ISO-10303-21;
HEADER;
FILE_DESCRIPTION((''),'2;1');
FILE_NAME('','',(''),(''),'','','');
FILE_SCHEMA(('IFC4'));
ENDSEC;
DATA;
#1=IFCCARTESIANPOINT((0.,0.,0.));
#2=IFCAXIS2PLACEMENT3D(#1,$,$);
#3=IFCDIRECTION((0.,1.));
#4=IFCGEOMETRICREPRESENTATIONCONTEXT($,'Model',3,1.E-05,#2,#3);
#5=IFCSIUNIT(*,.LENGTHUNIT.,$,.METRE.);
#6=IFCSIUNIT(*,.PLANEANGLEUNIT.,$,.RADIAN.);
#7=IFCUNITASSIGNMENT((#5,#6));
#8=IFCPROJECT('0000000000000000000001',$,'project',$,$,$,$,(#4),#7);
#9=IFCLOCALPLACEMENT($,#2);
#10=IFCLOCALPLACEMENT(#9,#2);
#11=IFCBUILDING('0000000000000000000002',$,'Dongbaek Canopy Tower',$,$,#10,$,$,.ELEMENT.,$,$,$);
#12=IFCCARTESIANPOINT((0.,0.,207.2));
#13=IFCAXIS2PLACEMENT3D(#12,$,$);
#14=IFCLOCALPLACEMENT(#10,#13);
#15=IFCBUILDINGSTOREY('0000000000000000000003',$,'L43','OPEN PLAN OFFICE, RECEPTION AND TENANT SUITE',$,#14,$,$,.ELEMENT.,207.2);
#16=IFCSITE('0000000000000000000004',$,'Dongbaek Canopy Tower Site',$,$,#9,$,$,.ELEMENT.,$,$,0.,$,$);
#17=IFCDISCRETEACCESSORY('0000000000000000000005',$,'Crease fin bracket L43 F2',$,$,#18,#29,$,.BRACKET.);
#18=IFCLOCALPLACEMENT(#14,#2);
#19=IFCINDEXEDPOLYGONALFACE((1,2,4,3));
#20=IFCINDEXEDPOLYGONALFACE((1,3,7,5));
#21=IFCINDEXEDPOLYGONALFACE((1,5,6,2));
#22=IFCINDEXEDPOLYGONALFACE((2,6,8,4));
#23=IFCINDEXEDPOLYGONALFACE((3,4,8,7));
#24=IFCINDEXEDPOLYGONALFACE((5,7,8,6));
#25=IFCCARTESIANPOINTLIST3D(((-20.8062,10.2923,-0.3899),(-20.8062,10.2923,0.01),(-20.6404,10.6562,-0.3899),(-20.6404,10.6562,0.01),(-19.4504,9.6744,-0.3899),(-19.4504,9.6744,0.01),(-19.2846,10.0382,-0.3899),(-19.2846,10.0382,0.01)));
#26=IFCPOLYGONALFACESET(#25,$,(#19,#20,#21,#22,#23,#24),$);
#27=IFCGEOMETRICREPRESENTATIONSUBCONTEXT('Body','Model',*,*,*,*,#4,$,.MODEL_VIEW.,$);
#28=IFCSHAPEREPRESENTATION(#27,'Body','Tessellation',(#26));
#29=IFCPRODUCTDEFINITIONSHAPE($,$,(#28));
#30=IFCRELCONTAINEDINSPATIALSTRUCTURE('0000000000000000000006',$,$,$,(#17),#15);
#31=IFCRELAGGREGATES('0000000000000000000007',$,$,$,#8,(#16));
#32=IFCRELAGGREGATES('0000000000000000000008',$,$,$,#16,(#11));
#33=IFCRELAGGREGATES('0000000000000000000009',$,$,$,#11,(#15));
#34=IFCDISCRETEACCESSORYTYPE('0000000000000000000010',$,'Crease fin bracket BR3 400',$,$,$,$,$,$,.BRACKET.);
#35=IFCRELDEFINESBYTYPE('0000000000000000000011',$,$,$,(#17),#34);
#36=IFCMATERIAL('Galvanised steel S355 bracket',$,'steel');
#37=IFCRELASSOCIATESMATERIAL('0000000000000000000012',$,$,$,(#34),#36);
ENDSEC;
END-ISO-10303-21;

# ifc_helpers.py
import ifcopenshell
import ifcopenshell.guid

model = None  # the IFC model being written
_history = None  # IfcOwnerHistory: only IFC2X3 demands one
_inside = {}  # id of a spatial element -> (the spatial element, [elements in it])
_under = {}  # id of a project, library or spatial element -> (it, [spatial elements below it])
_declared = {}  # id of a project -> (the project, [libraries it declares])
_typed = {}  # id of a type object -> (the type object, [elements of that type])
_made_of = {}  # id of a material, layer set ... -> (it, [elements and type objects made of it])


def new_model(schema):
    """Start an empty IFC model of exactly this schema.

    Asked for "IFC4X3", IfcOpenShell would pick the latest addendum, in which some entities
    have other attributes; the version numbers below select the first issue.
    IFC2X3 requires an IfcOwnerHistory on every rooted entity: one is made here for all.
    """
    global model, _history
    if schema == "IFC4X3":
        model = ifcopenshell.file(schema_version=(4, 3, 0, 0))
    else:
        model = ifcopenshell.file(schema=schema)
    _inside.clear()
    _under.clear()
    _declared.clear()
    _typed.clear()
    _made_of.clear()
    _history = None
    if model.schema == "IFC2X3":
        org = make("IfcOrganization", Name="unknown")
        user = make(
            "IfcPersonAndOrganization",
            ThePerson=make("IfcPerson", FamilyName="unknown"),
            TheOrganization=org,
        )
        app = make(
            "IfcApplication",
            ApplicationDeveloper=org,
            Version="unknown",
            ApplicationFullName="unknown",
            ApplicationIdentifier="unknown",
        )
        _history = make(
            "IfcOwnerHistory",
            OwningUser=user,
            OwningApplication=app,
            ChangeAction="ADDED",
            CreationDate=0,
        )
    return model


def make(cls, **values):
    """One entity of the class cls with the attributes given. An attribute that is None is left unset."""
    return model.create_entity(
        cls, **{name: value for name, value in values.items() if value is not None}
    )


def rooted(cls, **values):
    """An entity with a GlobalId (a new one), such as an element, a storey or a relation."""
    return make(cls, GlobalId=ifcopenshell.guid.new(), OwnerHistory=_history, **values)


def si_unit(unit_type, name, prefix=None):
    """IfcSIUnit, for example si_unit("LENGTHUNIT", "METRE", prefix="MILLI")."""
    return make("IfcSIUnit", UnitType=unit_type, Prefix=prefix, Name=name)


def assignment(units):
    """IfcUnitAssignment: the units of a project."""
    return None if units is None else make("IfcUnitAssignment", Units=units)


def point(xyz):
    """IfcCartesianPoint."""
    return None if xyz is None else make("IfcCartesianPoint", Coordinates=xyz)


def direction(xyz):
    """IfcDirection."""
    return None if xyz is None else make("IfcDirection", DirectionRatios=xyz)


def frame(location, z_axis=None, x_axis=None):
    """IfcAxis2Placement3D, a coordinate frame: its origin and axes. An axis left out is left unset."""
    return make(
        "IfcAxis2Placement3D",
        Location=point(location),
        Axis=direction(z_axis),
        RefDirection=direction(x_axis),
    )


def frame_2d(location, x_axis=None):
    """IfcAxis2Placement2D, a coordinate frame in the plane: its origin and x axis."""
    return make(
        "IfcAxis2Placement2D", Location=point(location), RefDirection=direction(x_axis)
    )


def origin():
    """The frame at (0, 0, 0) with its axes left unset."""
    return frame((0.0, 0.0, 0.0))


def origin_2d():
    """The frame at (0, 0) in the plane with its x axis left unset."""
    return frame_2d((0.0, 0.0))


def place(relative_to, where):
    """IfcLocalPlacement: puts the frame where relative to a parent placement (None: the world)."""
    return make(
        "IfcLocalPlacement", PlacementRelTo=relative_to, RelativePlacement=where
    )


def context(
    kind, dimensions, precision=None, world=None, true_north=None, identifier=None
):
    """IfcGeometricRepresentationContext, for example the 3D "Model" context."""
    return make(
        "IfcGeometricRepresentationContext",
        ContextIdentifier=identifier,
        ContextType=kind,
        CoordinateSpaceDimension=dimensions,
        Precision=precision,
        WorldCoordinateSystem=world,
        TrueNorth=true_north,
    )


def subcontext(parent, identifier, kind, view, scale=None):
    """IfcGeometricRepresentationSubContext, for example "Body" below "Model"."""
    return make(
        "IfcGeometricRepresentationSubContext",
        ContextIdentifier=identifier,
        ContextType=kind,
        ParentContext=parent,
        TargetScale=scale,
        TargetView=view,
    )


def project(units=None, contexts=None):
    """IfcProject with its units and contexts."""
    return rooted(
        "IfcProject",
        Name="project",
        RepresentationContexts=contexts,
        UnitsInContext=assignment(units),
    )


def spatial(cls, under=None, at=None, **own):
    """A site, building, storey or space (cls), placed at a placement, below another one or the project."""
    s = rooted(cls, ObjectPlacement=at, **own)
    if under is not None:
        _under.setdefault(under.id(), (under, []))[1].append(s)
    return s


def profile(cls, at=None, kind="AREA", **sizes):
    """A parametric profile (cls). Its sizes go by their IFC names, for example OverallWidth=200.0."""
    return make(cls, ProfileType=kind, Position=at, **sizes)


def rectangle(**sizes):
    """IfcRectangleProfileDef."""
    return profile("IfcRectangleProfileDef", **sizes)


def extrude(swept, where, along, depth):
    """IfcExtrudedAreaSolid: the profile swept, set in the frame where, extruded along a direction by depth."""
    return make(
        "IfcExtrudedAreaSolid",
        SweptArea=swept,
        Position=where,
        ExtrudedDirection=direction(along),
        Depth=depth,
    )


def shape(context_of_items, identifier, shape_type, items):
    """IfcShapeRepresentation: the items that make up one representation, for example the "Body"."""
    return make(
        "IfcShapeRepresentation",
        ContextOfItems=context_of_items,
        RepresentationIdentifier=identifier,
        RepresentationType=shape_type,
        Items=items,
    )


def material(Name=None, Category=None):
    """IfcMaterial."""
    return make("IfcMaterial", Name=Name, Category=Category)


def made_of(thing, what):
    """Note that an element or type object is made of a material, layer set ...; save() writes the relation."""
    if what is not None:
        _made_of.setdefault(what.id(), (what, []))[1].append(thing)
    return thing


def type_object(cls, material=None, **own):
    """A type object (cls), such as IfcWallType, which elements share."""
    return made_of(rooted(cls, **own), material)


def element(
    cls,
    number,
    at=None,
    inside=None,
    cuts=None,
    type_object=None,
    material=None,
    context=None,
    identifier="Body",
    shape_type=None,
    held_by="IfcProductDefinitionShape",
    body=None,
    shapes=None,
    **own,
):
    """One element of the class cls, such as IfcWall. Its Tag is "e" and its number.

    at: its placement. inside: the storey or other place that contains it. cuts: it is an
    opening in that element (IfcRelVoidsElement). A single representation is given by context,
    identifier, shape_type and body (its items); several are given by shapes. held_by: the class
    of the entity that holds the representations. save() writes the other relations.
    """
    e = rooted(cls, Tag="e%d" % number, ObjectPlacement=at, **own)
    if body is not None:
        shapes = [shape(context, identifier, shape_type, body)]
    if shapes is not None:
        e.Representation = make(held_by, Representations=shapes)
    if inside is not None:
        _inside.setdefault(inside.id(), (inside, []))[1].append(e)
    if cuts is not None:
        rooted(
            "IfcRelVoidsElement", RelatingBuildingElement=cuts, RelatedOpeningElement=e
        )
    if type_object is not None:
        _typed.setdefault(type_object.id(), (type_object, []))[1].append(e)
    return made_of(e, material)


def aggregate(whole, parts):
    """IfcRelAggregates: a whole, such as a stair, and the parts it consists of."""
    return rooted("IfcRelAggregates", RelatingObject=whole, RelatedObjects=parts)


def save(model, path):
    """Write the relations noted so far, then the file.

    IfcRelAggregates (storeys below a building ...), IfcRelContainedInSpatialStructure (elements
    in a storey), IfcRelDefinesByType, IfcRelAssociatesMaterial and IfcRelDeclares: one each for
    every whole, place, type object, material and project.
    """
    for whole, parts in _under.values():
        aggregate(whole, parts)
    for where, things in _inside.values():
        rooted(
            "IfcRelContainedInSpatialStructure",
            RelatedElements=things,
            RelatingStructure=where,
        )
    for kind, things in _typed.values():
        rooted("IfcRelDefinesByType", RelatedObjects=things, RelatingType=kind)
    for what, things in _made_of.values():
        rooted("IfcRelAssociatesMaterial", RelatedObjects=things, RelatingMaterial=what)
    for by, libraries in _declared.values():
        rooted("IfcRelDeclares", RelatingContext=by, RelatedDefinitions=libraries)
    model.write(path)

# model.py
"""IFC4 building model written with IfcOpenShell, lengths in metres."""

from ifc_helpers import new_model, si_unit, direction, frame, origin, origin_2d, place, context, subcontext, project, spatial, rectangle, extrude, material, type_object, element, save


model = new_model("IFC4")

# Units and contexts
model_context = context("Model", 3, precision=1e-05, world=origin(), true_north=direction((0.0, 1.0)))
body_context = subcontext(model_context, "Body", "Model", "MODEL_VIEW")
ifc_project = project(units=[si_unit("LENGTHUNIT", "METRE"), si_unit("PLANEANGLEUNIT", "RADIAN")], contexts=[model_context])

# Site, building, storey
site_placement = place(None, origin())
site = spatial("IfcSite", under=ifc_project, at=site_placement, Name="Dongbaek Canopy Tower Site", CompositionType="ELEMENT", RefElevation=0.0)
building_placement = place(site_placement, origin())
building = spatial("IfcBuilding", under=site, at=building_placement, Name="Dongbaek Canopy Tower", CompositionType="ELEMENT")
storey_placement = place(building_placement, frame((0.0, 0.0, 207.2)))
storey = spatial("IfcBuildingStorey", under=building, at=storey_placement, Name="L43", Description="OPEN PLAN OFFICE, RECEPTION AND TENANT SUITE", CompositionType="ELEMENT", Elevation=207.2)

# Discrete accessory
ifc_material_1 = material(Name="Galvanised steel S355 bracket", Category="steel")
discrete_accessory_type = type_object("IfcDiscreteAccessoryType", Name="Crease fin bracket BR3 400", PredefinedType="BRACKET", material=ifc_material_1)
discrete_accessory_placement = place(storey_placement, frame((-20.0454, 10.1653, -0.3899), z_axis=(0.0, 0.0, 1.0), x_axis=(-0.909933, 0.414755, 0.0)))
element("IfcDiscreteAccessory", 1, at=discrete_accessory_placement, inside=storey, type_object=discrete_accessory_type, Name="Crease fin bracket L43 F2", PredefinedType="BRACKET", context=body_context, shape_type="SweptSolid", body=[
    extrude(rectangle(XDim=1.49, YDim=0.3999, at=origin_2d()), origin(), (0.0, 0.0, 1.0), 0.3999),
])

save(model, "model.ifc")
